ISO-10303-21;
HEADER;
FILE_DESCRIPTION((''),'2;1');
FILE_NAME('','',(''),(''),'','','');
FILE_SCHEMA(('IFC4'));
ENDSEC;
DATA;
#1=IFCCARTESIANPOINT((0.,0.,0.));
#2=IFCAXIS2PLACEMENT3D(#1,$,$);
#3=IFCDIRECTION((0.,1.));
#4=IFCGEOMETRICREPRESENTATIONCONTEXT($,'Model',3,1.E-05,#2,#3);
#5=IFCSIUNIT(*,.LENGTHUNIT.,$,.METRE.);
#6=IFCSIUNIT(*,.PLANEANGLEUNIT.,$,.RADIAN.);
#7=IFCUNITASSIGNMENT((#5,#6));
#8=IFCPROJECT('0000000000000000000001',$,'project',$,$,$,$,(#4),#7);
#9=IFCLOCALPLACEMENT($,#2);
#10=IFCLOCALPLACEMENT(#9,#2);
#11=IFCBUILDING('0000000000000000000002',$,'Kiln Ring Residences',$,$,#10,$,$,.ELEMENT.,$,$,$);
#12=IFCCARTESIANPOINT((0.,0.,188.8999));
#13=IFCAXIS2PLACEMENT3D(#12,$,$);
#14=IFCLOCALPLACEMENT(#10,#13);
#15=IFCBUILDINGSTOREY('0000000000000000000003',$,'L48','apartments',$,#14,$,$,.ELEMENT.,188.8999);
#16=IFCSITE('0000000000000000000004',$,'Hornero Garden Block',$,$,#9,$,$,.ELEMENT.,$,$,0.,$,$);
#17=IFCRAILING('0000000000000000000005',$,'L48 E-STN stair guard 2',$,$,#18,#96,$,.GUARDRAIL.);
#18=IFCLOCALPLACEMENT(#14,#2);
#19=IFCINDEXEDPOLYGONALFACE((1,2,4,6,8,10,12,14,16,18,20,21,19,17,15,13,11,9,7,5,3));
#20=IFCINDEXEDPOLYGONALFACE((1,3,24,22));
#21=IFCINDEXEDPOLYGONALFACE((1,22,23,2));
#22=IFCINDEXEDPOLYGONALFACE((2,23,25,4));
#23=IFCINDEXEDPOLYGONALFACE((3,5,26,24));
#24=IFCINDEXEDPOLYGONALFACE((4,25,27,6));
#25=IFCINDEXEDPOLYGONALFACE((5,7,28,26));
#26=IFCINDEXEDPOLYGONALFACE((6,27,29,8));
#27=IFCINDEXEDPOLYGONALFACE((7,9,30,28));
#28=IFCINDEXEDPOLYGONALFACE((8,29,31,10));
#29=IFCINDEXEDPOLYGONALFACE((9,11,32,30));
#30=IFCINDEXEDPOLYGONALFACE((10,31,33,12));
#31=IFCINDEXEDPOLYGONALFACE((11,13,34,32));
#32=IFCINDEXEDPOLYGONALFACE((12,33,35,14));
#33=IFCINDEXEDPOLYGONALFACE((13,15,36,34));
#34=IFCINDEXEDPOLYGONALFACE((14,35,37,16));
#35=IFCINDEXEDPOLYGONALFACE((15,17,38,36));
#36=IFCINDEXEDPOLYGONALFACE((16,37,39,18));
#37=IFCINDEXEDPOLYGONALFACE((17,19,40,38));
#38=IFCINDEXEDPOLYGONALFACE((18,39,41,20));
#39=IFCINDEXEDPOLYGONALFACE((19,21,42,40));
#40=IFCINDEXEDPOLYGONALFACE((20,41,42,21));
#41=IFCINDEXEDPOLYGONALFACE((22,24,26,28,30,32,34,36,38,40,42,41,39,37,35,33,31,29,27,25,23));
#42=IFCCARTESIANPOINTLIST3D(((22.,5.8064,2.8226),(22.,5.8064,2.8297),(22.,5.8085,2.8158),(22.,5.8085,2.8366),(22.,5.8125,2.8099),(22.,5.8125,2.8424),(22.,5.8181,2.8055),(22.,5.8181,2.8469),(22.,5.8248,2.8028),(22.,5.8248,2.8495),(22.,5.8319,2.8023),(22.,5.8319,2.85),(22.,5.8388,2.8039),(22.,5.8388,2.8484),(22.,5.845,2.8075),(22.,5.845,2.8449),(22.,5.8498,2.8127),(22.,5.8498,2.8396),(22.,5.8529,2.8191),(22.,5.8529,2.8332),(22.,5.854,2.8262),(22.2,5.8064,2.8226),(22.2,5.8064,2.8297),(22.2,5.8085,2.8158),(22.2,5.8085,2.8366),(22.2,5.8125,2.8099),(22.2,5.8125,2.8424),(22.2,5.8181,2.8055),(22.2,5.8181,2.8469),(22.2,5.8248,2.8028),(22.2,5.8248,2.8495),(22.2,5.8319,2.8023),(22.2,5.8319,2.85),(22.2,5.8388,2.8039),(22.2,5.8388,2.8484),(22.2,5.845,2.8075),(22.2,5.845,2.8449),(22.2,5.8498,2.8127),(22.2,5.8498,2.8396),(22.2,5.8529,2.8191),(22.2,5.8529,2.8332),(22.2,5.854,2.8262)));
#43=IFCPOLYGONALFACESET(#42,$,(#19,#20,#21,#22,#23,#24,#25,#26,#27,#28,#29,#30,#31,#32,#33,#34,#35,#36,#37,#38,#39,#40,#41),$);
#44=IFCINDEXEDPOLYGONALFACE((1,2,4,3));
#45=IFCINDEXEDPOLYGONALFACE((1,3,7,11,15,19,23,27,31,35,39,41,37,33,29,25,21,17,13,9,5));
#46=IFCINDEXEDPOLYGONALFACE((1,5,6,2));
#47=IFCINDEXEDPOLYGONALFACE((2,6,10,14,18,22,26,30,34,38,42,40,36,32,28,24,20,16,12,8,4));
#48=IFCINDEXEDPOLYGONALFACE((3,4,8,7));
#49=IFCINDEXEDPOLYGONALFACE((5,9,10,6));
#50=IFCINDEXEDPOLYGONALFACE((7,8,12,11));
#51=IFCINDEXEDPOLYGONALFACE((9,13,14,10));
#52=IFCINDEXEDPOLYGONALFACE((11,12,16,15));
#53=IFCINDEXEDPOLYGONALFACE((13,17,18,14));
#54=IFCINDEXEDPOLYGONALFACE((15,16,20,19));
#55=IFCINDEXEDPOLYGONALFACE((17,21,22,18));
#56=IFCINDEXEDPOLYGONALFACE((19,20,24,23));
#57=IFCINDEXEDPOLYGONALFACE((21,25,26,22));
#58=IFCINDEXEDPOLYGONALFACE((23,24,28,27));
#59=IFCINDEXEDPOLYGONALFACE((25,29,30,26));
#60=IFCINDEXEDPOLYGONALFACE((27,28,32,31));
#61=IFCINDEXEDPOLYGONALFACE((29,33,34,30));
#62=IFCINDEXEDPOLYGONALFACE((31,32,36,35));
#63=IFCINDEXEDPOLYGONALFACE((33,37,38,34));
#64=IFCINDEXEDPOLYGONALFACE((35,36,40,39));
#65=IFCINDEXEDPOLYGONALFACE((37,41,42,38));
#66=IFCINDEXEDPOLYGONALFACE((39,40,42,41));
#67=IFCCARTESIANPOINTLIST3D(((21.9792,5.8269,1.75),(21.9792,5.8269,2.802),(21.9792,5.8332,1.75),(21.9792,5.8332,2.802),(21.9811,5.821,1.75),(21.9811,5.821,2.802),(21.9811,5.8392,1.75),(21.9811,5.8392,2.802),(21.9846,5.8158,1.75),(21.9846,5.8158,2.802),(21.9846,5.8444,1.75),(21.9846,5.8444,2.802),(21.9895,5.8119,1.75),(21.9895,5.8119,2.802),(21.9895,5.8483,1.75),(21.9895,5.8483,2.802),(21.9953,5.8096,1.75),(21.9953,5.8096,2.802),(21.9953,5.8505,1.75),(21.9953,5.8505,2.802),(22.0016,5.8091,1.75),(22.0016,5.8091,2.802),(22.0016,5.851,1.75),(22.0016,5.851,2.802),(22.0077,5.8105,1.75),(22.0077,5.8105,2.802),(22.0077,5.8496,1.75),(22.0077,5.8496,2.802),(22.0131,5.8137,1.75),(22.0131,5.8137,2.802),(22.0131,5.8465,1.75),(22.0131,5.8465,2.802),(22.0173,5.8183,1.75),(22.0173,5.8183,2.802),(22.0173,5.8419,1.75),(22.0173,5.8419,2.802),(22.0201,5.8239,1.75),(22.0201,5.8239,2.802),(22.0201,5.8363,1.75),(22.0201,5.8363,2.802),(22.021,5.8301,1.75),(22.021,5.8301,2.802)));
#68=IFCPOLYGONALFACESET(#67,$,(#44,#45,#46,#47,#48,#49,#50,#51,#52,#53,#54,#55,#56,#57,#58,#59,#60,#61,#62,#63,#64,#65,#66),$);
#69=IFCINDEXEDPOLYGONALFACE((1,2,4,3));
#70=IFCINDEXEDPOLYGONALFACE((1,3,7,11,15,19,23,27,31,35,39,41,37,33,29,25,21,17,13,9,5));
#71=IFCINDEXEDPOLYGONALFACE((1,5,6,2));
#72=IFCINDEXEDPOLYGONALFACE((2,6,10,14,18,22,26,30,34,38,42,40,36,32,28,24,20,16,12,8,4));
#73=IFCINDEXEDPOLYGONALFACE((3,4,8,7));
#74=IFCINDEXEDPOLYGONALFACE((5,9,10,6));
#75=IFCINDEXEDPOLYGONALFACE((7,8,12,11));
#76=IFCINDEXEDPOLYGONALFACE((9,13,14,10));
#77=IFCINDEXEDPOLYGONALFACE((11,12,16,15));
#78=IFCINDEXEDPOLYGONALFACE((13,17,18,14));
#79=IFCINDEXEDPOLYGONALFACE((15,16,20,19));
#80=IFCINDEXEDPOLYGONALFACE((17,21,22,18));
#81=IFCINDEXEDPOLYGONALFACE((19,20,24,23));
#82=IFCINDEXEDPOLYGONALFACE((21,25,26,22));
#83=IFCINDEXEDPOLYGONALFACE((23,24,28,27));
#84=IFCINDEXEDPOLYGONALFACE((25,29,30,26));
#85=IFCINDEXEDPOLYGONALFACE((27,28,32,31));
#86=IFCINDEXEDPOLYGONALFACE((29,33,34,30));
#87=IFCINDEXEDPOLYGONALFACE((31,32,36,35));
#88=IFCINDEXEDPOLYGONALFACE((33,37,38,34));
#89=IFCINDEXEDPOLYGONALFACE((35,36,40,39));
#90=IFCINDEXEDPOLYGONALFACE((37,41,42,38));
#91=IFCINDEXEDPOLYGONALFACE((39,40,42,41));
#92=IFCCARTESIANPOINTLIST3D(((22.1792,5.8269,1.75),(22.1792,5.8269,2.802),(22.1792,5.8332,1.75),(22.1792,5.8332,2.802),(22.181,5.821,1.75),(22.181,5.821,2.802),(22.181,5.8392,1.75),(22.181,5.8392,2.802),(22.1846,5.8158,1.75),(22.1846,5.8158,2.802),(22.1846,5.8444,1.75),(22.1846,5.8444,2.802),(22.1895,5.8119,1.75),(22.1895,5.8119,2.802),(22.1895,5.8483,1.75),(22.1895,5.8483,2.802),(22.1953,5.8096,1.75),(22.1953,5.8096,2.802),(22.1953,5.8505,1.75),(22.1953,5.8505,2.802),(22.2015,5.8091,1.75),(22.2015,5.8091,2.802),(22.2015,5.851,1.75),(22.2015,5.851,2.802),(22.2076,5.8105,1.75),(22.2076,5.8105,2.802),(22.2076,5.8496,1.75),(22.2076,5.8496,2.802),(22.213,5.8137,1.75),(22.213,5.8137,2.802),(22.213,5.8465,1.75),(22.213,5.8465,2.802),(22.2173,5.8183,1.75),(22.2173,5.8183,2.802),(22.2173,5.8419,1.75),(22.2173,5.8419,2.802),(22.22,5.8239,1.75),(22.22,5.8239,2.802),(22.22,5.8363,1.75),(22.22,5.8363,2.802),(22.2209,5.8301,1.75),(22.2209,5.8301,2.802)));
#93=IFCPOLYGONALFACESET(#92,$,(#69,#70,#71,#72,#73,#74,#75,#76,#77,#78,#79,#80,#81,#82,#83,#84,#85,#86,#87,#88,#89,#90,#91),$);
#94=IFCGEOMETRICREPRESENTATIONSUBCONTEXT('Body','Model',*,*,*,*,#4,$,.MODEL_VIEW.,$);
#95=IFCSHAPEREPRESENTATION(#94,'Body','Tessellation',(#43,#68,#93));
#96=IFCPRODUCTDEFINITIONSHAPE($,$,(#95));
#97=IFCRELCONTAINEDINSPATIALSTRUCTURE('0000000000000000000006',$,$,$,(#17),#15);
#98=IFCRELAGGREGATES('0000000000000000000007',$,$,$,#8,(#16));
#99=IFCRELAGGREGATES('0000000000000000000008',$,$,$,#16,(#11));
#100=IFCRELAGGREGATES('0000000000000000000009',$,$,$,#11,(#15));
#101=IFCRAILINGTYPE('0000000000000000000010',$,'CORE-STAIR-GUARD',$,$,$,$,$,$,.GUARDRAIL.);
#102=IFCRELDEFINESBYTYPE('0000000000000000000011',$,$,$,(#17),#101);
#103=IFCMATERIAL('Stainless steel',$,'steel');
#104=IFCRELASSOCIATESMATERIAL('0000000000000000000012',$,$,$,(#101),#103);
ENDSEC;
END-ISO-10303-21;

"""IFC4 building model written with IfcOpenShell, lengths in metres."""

from ifc_helpers import new_model, si_unit, direction, frame, origin, origin_2d, place, context, subcontext, project, spatial, circle, extrude, material, type_object, element, save


model = new_model("IFC4")

# Units and contexts
model_context = context("Model", 3, precision=1e-05, world=origin(), true_north=direction((0.0, 1.0)))
body_context = subcontext(model_context, "Body", "Model", "MODEL_VIEW")
ifc_project = project(units=[si_unit("LENGTHUNIT", "METRE"), si_unit("PLANEANGLEUNIT", "RADIAN")], contexts=[model_context])

# Site, building, storey
site_placement = place(None, origin())
site = spatial("IfcSite", under=ifc_project, at=site_placement, Name="Hornero Garden Block", CompositionType="ELEMENT", RefElevation=0.0)
building_placement = place(site_placement, origin())
building = spatial("IfcBuilding", under=site, at=building_placement, Name="Kiln Ring Residences", CompositionType="ELEMENT")
storey_placement = place(building_placement, frame((0.0, 0.0, 188.8999)))
storey = spatial("IfcBuildingStorey", under=building, at=storey_placement, Name="L48", Description="apartments", CompositionType="ELEMENT", Elevation=188.8999)

# Railing
ifc_material_1 = material(Name="Stainless steel", Category="steel")
railing_type_1 = type_object("IfcRailingType", Name="CORE-STAIR-GUARD", PredefinedType="GUARDRAIL", material=ifc_material_1)
railing_1_placement = place(storey_placement, frame((22.0, 5.8301, 1.75)))
element("IfcRailing", 1, at=railing_1_placement, inside=storey, type_object=railing_type_1, Name="L48 E-STN stair guard 2", PredefinedType="GUARDRAIL", context=body_context, shape_type="SweptSolid", body=[
    extrude(circle(Radius=0.0239, at=origin_2d()), frame((0.0, 0.0, 1.0762), z_axis=(1.0, 0.0, 0.0), x_axis=(0.0, 1.0, 0.0)), (0.0, 0.0, 1.0), 0.2),
    extrude(circle(Radius=0.021, at=origin_2d()), origin(), (0.0, 0.0, 1.0), 1.052),
    extrude(circle(Radius=0.021, at=origin_2d()), frame((0.2, 0.0, 0.0)), (0.0, 0.0, 1.0), 1.052),
])

save(model, "model.ifc")
